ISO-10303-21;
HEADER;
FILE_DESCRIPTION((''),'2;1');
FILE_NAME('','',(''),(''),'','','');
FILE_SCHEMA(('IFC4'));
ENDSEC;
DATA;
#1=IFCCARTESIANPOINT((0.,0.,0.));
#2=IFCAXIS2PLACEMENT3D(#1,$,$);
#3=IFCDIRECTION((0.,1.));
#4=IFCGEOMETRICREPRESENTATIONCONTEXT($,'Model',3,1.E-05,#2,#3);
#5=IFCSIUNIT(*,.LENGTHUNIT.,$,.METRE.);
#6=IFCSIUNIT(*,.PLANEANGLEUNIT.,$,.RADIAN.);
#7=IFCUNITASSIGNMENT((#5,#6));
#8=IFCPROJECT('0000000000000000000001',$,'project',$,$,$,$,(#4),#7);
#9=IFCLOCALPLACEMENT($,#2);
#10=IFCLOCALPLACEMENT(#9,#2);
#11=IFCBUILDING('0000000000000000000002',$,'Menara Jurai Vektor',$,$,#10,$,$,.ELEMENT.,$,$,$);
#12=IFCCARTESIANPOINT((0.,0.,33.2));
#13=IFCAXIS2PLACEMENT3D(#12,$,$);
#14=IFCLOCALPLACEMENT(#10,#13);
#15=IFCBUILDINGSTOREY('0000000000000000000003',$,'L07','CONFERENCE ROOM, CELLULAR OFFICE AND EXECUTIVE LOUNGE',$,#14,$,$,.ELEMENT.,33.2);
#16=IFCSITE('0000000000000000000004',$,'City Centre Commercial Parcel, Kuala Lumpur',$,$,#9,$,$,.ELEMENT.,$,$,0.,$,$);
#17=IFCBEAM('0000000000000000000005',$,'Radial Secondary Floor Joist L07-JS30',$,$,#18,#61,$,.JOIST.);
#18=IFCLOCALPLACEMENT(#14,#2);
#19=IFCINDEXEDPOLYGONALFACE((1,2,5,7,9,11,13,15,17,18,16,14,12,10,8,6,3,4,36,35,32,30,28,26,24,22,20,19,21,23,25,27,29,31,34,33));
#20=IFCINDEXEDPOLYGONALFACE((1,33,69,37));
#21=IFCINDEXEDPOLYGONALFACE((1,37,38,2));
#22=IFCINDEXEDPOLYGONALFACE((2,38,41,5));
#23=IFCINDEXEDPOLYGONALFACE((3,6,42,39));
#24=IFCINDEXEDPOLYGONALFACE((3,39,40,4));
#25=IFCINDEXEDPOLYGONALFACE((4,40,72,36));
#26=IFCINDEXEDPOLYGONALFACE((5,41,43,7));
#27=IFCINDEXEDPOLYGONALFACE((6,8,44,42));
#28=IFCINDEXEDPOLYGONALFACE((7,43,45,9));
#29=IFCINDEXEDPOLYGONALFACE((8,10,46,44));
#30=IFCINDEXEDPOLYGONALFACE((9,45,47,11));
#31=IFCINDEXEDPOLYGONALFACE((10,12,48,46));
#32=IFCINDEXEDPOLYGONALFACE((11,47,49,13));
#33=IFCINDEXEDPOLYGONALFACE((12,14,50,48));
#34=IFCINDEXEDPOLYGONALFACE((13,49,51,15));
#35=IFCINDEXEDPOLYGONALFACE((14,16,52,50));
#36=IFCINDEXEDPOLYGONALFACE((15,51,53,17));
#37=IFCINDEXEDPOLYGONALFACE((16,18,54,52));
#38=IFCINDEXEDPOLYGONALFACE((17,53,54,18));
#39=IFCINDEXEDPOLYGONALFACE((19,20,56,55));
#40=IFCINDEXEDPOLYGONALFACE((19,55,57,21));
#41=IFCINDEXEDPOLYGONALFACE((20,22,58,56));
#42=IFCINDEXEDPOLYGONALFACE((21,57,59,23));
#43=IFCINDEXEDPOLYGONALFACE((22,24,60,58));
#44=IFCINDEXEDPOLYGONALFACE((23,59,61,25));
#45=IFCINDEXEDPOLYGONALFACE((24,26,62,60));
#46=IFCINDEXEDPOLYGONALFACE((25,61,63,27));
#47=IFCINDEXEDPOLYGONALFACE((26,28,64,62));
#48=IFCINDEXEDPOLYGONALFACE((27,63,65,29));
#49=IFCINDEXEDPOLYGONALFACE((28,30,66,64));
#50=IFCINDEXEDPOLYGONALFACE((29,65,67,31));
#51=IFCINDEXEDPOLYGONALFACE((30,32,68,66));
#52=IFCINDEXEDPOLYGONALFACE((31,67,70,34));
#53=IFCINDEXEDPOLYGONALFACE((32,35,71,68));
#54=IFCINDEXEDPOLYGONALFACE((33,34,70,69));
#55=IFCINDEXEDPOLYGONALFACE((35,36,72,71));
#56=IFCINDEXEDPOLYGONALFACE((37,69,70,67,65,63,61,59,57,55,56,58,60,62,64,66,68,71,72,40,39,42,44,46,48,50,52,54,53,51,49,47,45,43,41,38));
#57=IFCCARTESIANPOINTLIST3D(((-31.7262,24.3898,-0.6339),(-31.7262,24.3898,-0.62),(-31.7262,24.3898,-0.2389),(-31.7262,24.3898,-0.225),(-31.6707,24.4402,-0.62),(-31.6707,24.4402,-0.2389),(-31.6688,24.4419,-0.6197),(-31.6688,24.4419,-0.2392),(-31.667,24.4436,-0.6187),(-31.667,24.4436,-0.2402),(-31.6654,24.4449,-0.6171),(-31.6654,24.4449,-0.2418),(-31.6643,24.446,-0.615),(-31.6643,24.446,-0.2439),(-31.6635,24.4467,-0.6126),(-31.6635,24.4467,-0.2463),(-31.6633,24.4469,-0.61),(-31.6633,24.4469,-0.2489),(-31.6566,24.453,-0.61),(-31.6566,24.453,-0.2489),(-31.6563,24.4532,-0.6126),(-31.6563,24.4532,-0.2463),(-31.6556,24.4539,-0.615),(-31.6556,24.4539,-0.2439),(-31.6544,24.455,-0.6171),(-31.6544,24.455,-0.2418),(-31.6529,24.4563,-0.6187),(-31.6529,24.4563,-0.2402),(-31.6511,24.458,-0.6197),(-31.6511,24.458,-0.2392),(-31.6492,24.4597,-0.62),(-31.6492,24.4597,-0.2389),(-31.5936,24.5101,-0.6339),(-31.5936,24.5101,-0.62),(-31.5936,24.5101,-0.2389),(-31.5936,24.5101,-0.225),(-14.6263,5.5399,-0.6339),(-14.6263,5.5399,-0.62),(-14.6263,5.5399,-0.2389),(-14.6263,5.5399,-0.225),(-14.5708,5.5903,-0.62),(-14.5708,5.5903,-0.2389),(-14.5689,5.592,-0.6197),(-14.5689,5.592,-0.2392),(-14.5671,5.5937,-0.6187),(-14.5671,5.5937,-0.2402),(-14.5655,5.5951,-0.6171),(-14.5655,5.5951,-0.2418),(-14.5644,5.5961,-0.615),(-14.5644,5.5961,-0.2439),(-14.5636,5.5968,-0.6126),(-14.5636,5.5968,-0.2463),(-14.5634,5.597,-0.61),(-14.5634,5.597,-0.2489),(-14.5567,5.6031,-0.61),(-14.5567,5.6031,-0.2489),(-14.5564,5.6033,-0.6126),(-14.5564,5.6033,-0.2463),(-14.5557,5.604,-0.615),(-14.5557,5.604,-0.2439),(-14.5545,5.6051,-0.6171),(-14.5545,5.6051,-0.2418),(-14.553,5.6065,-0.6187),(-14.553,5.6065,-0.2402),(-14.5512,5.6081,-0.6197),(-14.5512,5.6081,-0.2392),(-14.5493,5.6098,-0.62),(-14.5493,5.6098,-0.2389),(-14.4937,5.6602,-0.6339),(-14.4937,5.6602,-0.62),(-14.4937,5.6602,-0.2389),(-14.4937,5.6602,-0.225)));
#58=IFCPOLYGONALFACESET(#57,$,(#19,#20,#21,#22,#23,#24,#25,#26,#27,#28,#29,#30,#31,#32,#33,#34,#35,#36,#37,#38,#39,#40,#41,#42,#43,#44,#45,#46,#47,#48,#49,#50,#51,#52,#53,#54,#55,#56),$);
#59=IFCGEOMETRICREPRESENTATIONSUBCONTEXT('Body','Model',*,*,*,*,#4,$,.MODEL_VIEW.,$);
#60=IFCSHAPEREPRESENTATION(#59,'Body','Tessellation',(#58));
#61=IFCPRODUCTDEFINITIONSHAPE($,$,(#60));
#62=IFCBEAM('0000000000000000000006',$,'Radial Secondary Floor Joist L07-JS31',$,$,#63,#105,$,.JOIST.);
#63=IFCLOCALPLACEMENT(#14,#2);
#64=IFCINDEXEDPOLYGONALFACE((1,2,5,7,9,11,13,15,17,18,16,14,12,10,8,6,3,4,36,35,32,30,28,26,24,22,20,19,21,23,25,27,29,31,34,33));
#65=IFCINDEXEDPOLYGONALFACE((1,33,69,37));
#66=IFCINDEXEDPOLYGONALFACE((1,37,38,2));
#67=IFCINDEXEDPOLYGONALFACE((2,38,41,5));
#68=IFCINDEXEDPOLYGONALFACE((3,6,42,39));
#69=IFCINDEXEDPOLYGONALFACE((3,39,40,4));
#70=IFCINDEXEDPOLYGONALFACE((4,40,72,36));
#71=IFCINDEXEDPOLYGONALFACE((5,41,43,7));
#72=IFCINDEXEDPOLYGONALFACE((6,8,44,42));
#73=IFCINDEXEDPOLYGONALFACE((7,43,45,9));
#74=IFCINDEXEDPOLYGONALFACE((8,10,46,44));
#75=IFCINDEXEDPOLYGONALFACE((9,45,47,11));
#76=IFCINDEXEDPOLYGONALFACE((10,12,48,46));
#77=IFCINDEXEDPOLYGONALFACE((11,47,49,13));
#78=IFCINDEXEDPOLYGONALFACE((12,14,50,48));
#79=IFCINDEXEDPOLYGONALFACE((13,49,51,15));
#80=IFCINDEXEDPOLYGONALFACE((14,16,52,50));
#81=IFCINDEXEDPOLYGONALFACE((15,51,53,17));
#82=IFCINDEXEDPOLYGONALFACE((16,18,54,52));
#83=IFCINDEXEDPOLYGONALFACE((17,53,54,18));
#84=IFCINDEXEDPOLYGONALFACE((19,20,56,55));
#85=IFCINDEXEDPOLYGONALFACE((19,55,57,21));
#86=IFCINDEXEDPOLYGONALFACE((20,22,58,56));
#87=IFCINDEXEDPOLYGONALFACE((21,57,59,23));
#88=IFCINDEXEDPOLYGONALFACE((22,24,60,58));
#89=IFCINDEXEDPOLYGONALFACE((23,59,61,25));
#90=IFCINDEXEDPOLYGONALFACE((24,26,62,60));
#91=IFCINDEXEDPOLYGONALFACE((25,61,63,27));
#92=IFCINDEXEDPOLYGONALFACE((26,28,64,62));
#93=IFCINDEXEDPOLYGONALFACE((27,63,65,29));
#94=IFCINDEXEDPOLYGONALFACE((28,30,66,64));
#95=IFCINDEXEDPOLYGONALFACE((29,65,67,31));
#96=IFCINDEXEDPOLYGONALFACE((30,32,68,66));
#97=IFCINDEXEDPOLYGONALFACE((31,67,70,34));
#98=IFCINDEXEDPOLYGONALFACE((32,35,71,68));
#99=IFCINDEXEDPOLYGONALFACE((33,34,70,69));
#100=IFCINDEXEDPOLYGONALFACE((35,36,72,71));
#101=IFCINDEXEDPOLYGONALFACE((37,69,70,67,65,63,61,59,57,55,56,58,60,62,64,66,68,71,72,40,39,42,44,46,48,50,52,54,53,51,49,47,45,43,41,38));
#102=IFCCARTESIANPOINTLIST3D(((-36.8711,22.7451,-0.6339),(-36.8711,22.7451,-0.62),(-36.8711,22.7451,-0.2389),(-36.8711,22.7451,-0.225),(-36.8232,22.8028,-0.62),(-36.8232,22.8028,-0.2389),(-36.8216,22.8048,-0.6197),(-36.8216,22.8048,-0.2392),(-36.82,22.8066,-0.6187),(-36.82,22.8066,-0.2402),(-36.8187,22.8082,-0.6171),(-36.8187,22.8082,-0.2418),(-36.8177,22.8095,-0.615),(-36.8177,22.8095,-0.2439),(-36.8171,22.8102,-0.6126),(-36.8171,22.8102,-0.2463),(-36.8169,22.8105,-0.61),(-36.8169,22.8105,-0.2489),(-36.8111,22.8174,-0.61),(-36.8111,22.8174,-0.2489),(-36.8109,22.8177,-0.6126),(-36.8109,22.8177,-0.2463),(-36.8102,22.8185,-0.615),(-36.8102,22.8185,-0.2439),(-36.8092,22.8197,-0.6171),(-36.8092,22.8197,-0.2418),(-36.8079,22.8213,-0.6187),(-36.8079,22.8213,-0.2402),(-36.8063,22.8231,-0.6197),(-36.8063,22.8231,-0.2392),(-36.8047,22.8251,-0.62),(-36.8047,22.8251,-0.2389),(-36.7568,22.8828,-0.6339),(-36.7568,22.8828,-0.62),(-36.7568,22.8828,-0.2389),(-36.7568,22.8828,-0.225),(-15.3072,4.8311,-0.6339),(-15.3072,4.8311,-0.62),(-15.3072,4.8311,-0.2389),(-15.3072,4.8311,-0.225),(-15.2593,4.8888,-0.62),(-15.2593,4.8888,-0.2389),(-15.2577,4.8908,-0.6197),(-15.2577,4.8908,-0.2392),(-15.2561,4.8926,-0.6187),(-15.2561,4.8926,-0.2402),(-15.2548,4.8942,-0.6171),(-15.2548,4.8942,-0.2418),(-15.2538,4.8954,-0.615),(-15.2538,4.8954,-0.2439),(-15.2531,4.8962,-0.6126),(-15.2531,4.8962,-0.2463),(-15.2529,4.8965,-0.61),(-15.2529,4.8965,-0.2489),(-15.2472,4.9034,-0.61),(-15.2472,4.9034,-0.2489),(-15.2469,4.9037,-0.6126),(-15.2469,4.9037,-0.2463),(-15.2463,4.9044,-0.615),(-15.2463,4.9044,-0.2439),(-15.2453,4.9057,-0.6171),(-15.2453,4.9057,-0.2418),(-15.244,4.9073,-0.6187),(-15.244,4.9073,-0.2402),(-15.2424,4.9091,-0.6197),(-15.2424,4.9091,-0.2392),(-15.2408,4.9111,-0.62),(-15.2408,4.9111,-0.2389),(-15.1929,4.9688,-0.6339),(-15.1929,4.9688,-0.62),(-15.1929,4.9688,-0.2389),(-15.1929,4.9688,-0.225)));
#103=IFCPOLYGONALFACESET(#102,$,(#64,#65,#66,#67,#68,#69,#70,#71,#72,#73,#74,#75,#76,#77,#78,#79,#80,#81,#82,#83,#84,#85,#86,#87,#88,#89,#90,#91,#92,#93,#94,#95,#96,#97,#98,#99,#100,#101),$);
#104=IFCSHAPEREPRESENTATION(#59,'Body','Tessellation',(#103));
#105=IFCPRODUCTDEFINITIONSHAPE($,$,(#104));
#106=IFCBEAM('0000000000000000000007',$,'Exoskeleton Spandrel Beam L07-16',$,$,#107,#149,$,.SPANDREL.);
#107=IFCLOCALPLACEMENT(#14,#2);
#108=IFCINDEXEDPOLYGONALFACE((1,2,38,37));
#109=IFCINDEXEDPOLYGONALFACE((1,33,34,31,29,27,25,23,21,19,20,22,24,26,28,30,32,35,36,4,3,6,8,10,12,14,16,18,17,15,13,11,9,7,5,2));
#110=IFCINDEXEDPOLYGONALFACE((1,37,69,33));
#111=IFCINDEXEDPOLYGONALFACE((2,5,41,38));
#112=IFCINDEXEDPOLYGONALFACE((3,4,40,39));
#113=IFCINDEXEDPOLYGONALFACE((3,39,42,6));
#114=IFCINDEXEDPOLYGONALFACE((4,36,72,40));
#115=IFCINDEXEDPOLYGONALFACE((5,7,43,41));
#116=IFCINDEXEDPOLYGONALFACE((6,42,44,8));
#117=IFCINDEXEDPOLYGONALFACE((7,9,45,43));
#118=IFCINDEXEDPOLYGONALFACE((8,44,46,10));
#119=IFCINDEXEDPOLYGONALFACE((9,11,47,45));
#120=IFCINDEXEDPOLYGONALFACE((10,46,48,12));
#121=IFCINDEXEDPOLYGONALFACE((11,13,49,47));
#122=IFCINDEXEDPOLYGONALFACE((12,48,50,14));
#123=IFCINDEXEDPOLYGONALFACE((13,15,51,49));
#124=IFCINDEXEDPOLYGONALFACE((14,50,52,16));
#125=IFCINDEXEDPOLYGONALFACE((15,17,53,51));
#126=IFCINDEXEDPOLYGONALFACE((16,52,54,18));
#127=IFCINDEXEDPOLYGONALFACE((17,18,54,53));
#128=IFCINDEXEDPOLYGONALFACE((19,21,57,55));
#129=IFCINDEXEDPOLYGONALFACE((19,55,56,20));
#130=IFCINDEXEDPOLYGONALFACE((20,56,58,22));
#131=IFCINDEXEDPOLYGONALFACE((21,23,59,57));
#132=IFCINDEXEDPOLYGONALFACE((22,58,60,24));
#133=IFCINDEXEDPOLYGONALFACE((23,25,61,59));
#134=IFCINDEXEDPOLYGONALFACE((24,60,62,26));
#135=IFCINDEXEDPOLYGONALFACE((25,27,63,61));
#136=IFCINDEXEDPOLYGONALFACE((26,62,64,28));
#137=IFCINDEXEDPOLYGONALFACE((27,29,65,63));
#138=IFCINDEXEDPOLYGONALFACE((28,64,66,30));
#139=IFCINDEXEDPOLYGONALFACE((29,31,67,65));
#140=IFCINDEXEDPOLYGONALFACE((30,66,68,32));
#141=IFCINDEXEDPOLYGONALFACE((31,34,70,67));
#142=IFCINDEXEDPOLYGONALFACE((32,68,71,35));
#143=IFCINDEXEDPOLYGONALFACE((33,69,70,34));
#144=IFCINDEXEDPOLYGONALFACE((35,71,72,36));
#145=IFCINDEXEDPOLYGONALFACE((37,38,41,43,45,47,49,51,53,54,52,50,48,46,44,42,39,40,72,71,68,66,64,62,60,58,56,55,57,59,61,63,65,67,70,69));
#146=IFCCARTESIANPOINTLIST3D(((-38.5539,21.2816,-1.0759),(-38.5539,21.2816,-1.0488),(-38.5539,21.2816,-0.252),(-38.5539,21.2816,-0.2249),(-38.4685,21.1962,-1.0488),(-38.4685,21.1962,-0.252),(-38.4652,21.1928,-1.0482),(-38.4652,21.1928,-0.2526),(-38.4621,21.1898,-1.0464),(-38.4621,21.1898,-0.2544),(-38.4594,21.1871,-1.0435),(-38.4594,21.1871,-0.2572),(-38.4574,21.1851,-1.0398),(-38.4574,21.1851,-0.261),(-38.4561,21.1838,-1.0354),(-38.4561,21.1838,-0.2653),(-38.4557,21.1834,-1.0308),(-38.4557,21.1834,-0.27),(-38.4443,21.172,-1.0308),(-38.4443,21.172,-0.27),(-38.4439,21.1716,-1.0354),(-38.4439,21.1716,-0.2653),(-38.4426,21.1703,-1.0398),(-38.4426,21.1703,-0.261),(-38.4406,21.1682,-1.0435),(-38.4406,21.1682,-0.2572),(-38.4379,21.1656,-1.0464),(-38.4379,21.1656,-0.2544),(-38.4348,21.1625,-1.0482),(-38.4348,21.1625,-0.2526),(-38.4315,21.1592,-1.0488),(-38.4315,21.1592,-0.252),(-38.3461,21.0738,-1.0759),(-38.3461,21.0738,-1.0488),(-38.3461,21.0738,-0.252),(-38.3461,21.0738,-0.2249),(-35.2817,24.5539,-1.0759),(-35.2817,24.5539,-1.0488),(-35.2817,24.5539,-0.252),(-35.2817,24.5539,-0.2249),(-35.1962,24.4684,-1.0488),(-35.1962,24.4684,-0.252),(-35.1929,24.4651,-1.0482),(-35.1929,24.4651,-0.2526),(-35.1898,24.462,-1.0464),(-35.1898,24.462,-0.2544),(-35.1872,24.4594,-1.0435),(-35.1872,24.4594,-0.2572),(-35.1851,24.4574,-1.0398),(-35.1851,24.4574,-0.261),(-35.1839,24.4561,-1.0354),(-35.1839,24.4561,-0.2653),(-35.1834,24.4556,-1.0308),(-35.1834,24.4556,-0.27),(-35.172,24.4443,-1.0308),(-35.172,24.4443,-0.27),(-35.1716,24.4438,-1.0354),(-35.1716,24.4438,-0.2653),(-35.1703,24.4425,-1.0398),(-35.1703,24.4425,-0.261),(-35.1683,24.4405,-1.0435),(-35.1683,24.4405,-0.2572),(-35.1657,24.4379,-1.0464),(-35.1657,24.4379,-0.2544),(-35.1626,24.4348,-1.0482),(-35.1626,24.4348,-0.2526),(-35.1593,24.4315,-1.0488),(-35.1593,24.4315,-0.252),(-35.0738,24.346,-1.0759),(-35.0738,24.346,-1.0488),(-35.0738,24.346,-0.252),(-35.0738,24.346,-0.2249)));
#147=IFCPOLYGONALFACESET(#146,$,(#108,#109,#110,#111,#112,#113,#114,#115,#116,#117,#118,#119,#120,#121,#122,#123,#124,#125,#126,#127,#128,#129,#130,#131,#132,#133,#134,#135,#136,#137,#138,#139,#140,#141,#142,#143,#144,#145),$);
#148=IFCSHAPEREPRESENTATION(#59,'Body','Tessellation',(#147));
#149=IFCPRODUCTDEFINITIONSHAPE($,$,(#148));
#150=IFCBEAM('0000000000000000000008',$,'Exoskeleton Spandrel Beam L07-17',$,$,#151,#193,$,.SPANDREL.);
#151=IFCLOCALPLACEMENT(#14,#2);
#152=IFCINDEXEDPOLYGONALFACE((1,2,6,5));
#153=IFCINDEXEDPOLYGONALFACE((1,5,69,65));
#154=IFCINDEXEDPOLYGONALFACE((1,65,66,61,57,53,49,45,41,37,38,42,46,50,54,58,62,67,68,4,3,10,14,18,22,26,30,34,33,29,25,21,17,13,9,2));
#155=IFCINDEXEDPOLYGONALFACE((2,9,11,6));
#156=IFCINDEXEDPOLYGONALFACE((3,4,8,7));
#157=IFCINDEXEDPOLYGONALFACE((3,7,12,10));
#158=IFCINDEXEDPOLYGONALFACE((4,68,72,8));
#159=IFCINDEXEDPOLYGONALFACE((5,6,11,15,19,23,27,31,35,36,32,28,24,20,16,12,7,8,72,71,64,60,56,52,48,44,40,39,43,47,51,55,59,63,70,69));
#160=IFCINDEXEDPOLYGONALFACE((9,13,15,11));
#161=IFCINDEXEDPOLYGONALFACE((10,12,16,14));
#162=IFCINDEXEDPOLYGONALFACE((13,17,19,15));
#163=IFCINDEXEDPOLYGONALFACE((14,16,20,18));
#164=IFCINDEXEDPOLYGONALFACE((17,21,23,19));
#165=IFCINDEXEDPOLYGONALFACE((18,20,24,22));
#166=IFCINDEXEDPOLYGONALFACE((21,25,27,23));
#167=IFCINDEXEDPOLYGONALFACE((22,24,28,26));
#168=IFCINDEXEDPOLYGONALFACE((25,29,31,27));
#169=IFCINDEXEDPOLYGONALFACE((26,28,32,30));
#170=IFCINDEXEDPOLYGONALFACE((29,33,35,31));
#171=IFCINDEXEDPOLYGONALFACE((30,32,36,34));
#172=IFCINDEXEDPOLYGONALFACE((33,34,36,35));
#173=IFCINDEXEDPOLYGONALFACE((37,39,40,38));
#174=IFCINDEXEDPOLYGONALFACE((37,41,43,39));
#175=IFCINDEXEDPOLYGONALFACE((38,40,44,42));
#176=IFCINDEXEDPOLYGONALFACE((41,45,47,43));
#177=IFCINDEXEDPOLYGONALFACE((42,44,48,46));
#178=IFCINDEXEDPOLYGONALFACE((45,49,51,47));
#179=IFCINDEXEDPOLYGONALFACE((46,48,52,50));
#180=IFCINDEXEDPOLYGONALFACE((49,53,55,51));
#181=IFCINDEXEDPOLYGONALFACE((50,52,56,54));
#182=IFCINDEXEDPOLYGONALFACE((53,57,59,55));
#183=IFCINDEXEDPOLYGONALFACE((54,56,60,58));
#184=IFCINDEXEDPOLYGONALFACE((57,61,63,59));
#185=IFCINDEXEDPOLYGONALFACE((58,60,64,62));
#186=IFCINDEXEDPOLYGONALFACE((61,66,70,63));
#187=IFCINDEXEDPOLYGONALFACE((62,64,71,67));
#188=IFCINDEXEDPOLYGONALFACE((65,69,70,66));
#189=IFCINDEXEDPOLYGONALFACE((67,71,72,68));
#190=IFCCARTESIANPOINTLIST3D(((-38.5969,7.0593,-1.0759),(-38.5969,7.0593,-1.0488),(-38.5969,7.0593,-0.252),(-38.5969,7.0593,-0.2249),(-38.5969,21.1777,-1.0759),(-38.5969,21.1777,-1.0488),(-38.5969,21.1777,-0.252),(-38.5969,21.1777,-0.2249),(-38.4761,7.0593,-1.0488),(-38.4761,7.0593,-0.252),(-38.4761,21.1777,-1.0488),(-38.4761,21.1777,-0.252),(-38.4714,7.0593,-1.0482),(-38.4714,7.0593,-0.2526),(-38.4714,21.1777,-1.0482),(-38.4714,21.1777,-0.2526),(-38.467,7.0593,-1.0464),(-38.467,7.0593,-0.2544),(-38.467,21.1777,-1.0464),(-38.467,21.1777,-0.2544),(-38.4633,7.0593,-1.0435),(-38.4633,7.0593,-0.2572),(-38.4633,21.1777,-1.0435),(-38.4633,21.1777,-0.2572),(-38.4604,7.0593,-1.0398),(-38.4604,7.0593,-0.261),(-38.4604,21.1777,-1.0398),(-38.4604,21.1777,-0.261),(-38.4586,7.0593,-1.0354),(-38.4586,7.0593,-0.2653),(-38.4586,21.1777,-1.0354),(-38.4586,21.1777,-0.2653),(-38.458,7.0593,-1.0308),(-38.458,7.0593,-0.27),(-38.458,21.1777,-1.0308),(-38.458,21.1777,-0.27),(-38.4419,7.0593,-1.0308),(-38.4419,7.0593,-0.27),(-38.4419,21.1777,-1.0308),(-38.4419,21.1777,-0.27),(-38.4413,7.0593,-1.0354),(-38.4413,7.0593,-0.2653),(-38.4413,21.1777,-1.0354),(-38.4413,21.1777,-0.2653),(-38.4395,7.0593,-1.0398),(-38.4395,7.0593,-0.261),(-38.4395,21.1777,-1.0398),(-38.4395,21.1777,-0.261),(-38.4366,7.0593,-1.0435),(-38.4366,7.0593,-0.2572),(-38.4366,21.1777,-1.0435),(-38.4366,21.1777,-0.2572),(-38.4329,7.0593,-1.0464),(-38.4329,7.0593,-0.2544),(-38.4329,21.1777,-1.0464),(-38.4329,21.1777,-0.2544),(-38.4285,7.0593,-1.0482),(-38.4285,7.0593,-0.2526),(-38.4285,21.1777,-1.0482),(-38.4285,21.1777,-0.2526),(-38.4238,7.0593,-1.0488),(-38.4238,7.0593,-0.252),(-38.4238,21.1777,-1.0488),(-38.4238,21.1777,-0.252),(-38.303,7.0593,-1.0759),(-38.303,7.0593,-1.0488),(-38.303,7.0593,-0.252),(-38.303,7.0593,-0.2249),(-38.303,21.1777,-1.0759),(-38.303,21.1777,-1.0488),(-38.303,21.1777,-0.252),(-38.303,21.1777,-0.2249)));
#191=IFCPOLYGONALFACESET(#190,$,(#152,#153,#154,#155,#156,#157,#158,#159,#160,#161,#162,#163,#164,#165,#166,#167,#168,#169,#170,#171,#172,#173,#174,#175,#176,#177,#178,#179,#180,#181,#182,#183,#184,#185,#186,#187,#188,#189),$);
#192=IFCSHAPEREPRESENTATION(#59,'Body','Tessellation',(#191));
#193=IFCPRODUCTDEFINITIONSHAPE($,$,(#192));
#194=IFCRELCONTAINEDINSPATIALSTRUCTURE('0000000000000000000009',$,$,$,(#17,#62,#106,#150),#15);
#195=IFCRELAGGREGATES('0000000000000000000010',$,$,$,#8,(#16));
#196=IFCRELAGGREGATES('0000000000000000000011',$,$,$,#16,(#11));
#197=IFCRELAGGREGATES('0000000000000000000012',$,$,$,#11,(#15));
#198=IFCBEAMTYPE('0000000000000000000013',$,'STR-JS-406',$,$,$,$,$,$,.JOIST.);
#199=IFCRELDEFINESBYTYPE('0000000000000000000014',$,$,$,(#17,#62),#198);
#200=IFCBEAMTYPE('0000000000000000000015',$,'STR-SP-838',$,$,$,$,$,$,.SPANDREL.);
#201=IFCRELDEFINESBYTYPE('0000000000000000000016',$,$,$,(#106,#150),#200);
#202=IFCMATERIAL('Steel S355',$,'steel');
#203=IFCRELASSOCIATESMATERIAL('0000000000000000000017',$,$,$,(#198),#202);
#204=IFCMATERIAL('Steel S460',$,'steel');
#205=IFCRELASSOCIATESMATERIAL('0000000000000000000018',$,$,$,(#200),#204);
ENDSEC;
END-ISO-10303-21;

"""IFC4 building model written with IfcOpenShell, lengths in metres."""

from ifc_helpers import new_model, si_unit, direction, frame, origin, origin_2d, place, context, subcontext, project, spatial, i_section, extrude, material, material_profile, profile_set, type_object, element, save


model = new_model("IFC4")

# Units and contexts
model_context = context("Model", 3, precision=1e-05, world=origin(), true_north=direction((0.0, 1.0)))
body_context = subcontext(model_context, "Body", "Model", "MODEL_VIEW")
ifc_project = project(units=[si_unit("LENGTHUNIT", "METRE"), si_unit("PLANEANGLEUNIT", "RADIAN")], contexts=[model_context])

# Site, building, storey
site_placement = place(None, origin())
site = spatial("IfcSite", under=ifc_project, at=site_placement, Name="City Centre Commercial Parcel, Kuala Lumpur", CompositionType="ELEMENT", RefElevation=0.0)
building_placement = place(site_placement, origin())
building = spatial("IfcBuilding", under=site, at=building_placement, Name="Menara Jurai Vektor", CompositionType="ELEMENT")
storey_placement = place(building_placement, frame((0.0, 0.0, 33.2)))
storey = spatial("IfcBuildingStorey", under=building, at=storey_placement, Name="L07", Description="CONFERENCE ROOM, CELLULAR OFFICE AND EXECUTIVE LOUNGE", CompositionType="ELEMENT", Elevation=33.2)

# Shared definitions
ifc_material_1 = material(Name="Steel S460", Category="steel")

# Shared definitions
ifc_material_2 = material(Name="Steel S355", Category="steel")

# Beams
ifc_material_profile_1 = material_profile(ifc_material_2, i_section(OverallWidth=0.179, OverallDepth=0.4089, WebThickness=0.009, FlangeThickness=0.0139, FilletRadius=0.01, at=origin_2d()), Name="UKB 406x178x67")
ifc_profile_set_1 = profile_set([ifc_material_profile_1], Name="Steel S355")
beam_type_1 = type_object("IfcBeamType", Name="STR-JS-406", PredefinedType="JOIST", material=ifc_profile_set_1)
beam_1_placement = place(storey_placement, frame((-31.6599, 24.45, -0.4294), z_axis=(0.67189, -0.740651, 0.0), x_axis=(0.740651, 0.67189, 0.0)))
element("IfcBeam", 1, at=beam_1_placement, inside=storey, type_object=beam_type_1, Name="Radial Secondary Floor Joist L07-JS30", PredefinedType="JOIST", context=body_context, shape_type="SweptSolid", body=[
    extrude(i_section(OverallWidth=0.179, OverallDepth=0.4089, WebThickness=0.009, FlangeThickness=0.0139, FilletRadius=0.01, at=origin_2d()), origin(), (0.0, 0.0, 1.0), 25.4504),
])
beam_2_placement = place(storey_placement, frame((-36.814, 22.814, -0.4294), z_axis=(0.769201, -0.639007, 0.0), x_axis=(0.639007, 0.769201, 0.0)))
element("IfcBeam", 2, at=beam_2_placement, inside=storey, type_object=beam_type_1, Name="Radial Secondary Floor Joist L07-JS31", PredefinedType="JOIST", context=body_context, shape_type="SweptSolid", body=[
    extrude(i_section(OverallWidth=0.179, OverallDepth=0.4089, WebThickness=0.009, FlangeThickness=0.0139, FilletRadius=0.01, at=origin_2d()), origin(), (0.0, 0.0, 1.0), 28.0342),
])
ifc_material_profile_2 = material_profile(ifc_material_1, i_section(OverallWidth=0.2939, OverallDepth=0.8511, WebThickness=0.0161, FlangeThickness=0.0271, FilletRadius=0.0181, at=origin_2d()), Name="UKB 838x292x226")
ifc_profile_set_2 = profile_set([ifc_material_profile_2], Name="Steel S460")
beam_type_2 = type_object("IfcBeamType", Name="STR-SP-838", PredefinedType="SPANDREL", material=ifc_profile_set_2)
beam_3_placement = place(storey_placement, frame((-35.1777, 24.45, -0.6504), z_axis=(-0.707107, -0.707107, 0.0), x_axis=(0.707107, -0.707107, 0.0)))
element("IfcBeam", 3, at=beam_3_placement, inside=storey, type_object=beam_type_2, Name="Exoskeleton Spandrel Beam L07-16", PredefinedType="SPANDREL", context=body_context, shape_type="SweptSolid", body=[
    extrude(i_section(OverallWidth=0.2939, OverallDepth=0.8511, WebThickness=0.0161, FlangeThickness=0.0271, FilletRadius=0.0181, at=origin_2d()), origin(), (0.0, 0.0, 1.0), 4.6277),
])
beam_4_placement = place(storey_placement, frame((-38.45, 21.1777, -0.6504), z_axis=(0.0, -1.0, 0.0), x_axis=(1.0, 0.0, 0.0)))
element("IfcBeam", 4, at=beam_4_placement, inside=storey, type_object=beam_type_2, Name="Exoskeleton Spandrel Beam L07-17", PredefinedType="SPANDREL", context=body_context, shape_type="SweptSolid", body=[
    extrude(i_section(OverallWidth=0.2939, OverallDepth=0.8511, WebThickness=0.0161, FlangeThickness=0.0271, FilletRadius=0.0181, at=origin_2d()), origin(), (0.0, 0.0, 1.0), 14.1184),
])

save(model, "model.ifc")
